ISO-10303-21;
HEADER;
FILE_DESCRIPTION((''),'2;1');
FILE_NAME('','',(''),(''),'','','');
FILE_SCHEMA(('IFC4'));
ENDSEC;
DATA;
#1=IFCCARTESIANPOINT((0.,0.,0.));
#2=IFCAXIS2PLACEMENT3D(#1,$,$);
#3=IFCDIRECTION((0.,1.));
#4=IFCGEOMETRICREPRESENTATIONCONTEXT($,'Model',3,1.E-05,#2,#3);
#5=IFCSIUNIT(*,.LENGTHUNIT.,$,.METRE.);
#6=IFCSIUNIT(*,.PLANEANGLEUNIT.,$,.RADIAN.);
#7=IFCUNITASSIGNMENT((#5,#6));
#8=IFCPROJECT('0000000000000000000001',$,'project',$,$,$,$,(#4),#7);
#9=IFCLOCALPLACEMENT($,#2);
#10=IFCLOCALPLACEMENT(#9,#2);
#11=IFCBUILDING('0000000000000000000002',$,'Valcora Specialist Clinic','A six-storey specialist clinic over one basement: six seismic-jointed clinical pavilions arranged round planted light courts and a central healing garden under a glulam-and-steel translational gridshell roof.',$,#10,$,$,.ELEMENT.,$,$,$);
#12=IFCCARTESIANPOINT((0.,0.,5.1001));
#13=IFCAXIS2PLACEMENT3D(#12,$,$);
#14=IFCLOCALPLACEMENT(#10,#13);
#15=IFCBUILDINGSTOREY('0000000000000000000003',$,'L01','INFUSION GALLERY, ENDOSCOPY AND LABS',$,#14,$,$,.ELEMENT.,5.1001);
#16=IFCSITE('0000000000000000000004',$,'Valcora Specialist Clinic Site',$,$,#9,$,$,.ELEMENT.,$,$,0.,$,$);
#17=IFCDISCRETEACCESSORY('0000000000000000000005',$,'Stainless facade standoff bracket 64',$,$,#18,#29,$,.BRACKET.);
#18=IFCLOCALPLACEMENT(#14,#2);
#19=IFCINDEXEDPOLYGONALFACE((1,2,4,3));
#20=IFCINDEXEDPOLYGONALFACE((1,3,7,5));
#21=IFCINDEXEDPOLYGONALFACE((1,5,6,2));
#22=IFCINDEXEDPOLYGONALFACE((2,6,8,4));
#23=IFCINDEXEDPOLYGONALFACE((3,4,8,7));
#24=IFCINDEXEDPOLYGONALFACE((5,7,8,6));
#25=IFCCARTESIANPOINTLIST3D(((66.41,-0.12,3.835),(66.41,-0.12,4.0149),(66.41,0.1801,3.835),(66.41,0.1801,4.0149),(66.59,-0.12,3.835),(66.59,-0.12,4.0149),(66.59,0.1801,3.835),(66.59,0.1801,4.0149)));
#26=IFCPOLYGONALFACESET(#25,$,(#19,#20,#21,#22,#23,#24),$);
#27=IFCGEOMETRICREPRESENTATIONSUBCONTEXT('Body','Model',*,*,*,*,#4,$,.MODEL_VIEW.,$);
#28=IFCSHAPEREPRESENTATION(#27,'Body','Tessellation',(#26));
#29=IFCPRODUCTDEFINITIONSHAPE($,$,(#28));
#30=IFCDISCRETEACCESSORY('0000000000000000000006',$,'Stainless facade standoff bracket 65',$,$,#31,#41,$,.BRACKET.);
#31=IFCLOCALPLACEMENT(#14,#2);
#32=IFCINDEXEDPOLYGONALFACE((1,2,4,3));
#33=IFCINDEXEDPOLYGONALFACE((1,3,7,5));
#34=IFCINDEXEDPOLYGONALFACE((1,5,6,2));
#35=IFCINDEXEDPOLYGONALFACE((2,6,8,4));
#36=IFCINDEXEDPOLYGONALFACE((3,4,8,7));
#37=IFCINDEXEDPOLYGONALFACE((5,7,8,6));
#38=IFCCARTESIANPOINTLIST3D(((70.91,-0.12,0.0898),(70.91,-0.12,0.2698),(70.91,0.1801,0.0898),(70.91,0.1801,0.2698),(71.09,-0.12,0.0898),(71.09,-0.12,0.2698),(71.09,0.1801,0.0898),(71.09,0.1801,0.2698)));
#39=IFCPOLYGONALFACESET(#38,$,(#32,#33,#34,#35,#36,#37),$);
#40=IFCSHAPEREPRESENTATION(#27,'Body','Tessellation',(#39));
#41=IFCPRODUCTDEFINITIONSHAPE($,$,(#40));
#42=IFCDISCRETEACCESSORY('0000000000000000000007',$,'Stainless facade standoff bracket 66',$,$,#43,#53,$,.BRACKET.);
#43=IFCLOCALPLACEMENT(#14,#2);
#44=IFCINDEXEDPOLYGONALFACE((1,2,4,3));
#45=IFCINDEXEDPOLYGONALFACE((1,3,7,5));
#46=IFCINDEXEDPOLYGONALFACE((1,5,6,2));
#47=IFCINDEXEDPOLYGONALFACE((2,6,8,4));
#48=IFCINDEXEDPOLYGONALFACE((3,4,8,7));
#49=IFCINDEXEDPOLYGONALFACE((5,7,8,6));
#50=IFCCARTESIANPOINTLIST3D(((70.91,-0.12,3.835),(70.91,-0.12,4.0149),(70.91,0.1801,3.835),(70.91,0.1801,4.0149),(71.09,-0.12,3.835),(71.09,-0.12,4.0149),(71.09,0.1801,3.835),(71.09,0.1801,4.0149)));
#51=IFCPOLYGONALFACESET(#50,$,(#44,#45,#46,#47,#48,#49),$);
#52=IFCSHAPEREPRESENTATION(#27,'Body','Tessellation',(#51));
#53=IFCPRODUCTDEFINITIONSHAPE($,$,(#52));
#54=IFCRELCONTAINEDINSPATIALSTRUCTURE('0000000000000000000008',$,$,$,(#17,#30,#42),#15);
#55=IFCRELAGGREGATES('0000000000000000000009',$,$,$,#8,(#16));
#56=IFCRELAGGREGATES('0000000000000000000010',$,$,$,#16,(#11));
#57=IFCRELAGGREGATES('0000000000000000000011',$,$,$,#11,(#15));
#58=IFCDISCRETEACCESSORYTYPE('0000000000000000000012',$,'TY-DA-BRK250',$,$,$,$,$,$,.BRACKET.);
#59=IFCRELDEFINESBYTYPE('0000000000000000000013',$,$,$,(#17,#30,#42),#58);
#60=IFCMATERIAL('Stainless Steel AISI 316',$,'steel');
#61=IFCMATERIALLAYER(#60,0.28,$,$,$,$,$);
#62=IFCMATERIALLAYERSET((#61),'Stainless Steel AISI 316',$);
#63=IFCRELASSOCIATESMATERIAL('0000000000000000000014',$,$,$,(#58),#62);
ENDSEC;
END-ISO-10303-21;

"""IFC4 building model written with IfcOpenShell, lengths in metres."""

from ifc_helpers import new_model, si_unit, direction, frame, origin, origin_2d, place, context, subcontext, project, spatial, rectangle, extrude, material, layer, layer_set, type_object, element, save


model = new_model("IFC4")

# Units and contexts
model_context = context("Model", 3, precision=1e-05, world=origin(), true_north=direction((0.0, 1.0)))
body_context = subcontext(model_context, "Body", "Model", "MODEL_VIEW")
ifc_project = project(units=[si_unit("LENGTHUNIT", "METRE"), si_unit("PLANEANGLEUNIT", "RADIAN")], contexts=[model_context])

# Site, building, storey
site_placement = place(None, origin())
site = spatial("IfcSite", under=ifc_project, at=site_placement, Name="Valcora Specialist Clinic Site", CompositionType="ELEMENT", RefElevation=0.0)
building_placement = place(site_placement, origin())
building = spatial("IfcBuilding", under=site, at=building_placement, Name="Valcora Specialist Clinic", Description="A six-storey specialist clinic over one basement: six seismic-jointed clinical pavilions arranged round planted light courts and a central healing garden under a glulam-and-steel translational gridshell roof.", CompositionType="ELEMENT")
storey_placement = place(building_placement, frame((0.0, 0.0, 5.1001)))
storey = spatial("IfcBuildingStorey", under=building, at=storey_placement, Name="L01", Description="INFUSION GALLERY, ENDOSCOPY AND LABS", CompositionType="ELEMENT", Elevation=5.1001)

# Discrete accessories
ifc_material_1 = material(Name="Stainless Steel AISI 316", Category="steel")
ifc_layer_1 = layer(ifc_material_1, 0.28)
ifc_layer_set_1 = layer_set([ifc_layer_1], Name="Stainless Steel AISI 316")
discrete_accessory_type = type_object("IfcDiscreteAccessoryType", Name="TY-DA-BRK250", PredefinedType="BRACKET", material=ifc_layer_set_1)
for number, where, z_axis, x_axis, name in (
    (1, (66.5, 0.03, 3.835), (0.0, 0.0, 1.0), (1.0, 0.0, 0.0), "Stainless facade standoff bracket 64"),
    (2, (71.0, 0.03, 0.0898), (0.0, 0.0, 1.0), (1.0, 0.0, 0.0), "Stainless facade standoff bracket 65"),
    (3, (71.0, 0.03, 3.835), (0.0, 0.0, 1.0), (1.0, 0.0, 0.0), "Stainless facade standoff bracket 66"),
):
    element("IfcDiscreteAccessory", number, at=place(storey_placement, frame(where, z_axis=z_axis, x_axis=x_axis)), inside=storey, type_object=discrete_accessory_type, Name=name, PredefinedType="BRACKET", context=body_context, shape_type="SweptSolid", body=[
        extrude(rectangle(XDim=0.1799, YDim=0.3, at=origin_2d()), origin(), (0.0, 0.0, 1.0), 0.1799),
    ])

save(model, "model.ifc")
